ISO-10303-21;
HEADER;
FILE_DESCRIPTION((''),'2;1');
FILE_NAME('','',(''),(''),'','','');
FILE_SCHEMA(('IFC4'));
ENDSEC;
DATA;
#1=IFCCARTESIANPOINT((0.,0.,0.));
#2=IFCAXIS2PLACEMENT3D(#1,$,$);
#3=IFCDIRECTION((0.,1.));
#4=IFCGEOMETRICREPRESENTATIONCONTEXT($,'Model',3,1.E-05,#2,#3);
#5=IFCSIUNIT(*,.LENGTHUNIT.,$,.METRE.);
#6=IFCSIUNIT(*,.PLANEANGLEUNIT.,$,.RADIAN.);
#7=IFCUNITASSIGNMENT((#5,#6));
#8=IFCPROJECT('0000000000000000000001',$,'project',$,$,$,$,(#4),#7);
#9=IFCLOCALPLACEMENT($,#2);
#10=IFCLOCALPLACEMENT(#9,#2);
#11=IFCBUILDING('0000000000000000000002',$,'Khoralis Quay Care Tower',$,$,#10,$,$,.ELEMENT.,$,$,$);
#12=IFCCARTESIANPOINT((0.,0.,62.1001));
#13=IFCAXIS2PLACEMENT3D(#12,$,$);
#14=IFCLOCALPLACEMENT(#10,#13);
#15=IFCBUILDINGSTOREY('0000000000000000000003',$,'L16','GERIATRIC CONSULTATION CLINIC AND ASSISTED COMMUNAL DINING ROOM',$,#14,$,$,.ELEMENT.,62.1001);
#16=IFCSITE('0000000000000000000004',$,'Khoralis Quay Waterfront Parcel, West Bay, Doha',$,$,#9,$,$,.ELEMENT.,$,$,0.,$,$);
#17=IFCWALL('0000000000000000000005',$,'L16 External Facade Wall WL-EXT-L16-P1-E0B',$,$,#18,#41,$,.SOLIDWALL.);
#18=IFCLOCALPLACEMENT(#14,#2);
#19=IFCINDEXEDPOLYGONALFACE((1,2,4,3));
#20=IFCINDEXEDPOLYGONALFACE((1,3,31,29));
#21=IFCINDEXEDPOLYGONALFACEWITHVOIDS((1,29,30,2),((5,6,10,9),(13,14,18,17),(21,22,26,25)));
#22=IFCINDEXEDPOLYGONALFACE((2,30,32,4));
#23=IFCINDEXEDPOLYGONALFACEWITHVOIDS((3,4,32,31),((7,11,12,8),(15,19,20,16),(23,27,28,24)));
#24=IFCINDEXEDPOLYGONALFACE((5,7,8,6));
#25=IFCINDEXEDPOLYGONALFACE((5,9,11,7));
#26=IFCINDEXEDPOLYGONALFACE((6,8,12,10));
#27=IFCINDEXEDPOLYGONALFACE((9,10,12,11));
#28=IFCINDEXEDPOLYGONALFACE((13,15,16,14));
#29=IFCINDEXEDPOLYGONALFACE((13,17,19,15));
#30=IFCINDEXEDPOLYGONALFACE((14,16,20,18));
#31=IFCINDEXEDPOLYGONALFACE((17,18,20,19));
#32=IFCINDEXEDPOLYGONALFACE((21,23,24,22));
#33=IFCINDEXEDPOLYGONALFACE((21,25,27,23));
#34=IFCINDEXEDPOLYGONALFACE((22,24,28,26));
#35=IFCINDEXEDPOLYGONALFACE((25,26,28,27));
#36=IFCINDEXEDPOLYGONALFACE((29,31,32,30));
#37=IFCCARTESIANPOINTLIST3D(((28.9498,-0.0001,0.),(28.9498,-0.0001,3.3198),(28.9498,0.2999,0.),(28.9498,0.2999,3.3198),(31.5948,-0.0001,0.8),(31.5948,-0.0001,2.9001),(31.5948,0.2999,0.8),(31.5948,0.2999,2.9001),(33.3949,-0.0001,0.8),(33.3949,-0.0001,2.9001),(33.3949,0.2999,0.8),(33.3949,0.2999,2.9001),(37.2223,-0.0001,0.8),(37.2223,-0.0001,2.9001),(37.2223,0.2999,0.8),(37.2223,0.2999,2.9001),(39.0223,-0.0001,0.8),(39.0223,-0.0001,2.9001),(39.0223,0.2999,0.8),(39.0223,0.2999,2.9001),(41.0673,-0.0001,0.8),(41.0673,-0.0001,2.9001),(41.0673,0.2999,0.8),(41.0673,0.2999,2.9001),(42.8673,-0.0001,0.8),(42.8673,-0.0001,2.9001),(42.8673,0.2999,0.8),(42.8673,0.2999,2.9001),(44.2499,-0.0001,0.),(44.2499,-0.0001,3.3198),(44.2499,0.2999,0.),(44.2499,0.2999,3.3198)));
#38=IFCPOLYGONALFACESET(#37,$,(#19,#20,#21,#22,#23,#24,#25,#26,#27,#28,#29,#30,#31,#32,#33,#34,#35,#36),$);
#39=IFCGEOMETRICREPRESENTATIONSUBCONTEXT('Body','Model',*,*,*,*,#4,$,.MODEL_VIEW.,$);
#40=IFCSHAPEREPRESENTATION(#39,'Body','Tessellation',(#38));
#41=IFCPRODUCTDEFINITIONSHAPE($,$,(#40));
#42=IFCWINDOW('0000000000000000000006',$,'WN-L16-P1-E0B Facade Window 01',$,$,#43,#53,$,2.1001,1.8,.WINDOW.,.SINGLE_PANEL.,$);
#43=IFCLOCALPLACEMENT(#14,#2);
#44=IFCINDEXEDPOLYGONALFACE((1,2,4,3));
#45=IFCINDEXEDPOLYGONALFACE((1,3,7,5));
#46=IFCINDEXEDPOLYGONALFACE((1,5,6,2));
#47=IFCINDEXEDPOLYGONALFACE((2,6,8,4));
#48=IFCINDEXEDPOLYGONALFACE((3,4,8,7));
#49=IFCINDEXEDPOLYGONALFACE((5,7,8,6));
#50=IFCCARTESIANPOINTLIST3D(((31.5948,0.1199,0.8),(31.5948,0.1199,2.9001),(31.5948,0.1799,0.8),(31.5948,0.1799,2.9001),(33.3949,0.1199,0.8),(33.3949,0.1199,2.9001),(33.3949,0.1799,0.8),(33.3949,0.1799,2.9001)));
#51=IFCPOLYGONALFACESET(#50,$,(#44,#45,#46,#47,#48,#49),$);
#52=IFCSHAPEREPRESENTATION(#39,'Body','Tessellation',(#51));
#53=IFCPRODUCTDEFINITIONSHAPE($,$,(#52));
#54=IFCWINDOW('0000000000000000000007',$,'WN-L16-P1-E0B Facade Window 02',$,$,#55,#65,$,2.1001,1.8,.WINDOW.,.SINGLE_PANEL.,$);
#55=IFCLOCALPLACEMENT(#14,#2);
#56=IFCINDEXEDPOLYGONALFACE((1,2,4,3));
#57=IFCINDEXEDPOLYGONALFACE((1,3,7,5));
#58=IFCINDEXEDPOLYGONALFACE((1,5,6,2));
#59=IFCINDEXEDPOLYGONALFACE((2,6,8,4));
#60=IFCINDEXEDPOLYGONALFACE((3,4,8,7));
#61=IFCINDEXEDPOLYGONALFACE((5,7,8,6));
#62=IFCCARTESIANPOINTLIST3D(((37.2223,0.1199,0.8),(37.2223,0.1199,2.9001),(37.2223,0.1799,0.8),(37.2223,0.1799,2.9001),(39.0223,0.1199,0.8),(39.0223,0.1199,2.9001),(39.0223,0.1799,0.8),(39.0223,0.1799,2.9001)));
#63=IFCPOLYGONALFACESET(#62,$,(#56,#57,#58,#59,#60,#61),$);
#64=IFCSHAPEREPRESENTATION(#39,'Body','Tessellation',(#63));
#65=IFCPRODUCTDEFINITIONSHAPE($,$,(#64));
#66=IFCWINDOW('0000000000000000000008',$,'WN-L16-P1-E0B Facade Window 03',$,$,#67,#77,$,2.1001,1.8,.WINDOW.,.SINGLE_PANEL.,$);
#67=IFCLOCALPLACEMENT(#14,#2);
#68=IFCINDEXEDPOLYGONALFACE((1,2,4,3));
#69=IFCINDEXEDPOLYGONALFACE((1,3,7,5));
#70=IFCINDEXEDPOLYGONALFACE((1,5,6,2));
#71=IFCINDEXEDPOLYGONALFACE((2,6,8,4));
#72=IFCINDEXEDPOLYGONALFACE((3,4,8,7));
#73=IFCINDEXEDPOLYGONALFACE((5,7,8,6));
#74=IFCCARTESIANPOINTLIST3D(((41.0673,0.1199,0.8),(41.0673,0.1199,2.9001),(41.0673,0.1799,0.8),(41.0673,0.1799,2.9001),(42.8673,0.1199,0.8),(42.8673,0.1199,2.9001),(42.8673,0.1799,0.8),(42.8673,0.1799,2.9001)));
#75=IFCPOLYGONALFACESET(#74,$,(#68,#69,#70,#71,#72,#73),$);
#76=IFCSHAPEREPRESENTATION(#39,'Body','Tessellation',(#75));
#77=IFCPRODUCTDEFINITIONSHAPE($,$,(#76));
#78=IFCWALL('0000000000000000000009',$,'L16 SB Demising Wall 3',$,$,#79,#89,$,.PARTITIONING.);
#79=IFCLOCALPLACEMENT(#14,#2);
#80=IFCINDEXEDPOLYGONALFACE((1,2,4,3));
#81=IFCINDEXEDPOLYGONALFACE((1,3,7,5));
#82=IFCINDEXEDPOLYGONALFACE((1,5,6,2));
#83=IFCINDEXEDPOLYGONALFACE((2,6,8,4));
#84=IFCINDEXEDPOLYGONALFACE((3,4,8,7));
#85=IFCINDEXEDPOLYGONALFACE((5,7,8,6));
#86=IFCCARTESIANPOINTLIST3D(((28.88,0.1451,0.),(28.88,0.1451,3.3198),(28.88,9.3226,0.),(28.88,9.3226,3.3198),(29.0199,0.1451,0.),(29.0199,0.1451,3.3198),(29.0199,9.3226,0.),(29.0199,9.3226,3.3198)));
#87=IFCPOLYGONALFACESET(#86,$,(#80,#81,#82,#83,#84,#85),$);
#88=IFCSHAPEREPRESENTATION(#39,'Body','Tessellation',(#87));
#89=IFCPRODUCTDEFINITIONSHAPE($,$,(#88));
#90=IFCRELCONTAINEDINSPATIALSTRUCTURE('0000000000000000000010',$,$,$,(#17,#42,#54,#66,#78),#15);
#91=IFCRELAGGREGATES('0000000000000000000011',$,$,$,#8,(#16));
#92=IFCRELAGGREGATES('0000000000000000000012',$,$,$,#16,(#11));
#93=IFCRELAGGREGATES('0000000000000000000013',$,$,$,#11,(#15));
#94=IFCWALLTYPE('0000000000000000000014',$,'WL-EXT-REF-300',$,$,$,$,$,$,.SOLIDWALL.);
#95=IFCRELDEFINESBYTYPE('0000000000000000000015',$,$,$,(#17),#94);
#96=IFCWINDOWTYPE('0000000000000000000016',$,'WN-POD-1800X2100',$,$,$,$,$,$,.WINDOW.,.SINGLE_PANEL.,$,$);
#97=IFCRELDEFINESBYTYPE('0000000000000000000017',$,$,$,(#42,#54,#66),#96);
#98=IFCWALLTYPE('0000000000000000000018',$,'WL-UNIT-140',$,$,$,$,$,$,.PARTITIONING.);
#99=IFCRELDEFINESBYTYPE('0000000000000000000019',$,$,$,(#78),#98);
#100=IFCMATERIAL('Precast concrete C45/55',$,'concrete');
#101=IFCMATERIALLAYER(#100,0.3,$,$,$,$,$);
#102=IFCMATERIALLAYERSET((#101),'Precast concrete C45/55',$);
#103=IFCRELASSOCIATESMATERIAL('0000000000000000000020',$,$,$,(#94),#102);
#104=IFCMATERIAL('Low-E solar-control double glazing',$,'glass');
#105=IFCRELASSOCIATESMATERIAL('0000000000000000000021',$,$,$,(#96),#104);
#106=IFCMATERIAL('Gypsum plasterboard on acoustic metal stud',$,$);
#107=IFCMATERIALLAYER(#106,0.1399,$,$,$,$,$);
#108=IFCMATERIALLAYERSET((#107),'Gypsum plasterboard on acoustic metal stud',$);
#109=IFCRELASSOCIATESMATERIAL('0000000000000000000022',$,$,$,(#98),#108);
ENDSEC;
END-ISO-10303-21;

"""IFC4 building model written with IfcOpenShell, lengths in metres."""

from ifc_helpers import new_model, si_unit, direction, frame, frame_2d, origin, place, context, subcontext, project, spatial, rectangle, extrude, source, transform, mapped, material, layer, layer_set, type_object, element, fill, save


model = new_model("IFC4")

# Units and contexts
model_context = context("Model", 3, precision=1e-05, world=origin(), true_north=direction((0.0, 1.0)))
body_context = subcontext(model_context, "Body", "Model", "MODEL_VIEW")
ifc_project = project(units=[si_unit("LENGTHUNIT", "METRE"), si_unit("PLANEANGLEUNIT", "RADIAN")], contexts=[model_context])

# Site, building, storey
site_placement = place(None, origin())
site = spatial("IfcSite", under=ifc_project, at=site_placement, Name="Khoralis Quay Waterfront Parcel, West Bay, Doha", CompositionType="ELEMENT", RefElevation=0.0)
building_placement = place(site_placement, origin())
building = spatial("IfcBuilding", under=site, at=building_placement, Name="Khoralis Quay Care Tower", CompositionType="ELEMENT")
storey_placement = place(building_placement, frame((0.0, 0.0, 62.1001)))
storey = spatial("IfcBuildingStorey", under=building, at=storey_placement, Name="L16", Description="GERIATRIC CONSULTATION CLINIC AND ASSISTED COMMUNAL DINING ROOM", CompositionType="ELEMENT", Elevation=62.1001)

# Shared definitions
ifc_material_1 = material(Name="Low-E solar-control double glazing", Category="glass")

# Wall, openings, windows
ifc_material_2 = material(Name="Precast concrete C45/55", Category="concrete")
ifc_layer_1 = layer(ifc_material_2, 0.3)
ifc_layer_set_1 = layer_set([ifc_layer_1], Name="Precast concrete C45/55")
wall_type_1 = type_object("IfcWallType", Name="WL-EXT-REF-300", PredefinedType="SOLIDWALL", material=ifc_layer_set_1)
wall_1_placement = place(storey_placement, frame((28.95, 0.1499, 0.0), z_axis=(0.0, 0.0, 1.0), x_axis=(1.0, 0.0, 0.0)))
wall_1 = element("IfcWall", 1, at=wall_1_placement, inside=storey, type_object=wall_type_1, Name="L16 External Facade Wall WL-EXT-L16-P1-E0B", PredefinedType="SOLIDWALL", context=body_context, shape_type="SweptSolid", body=[
    extrude(rectangle(XDim=15.3, YDim=0.3, at=frame_2d((7.6499, 0.0))), origin(), (0.0, 0.0, 1.0), 3.3198),
])
opening_1_placement = place(wall_1_placement, frame((2.645, 0.0, 0.8)))
opening_1 = element("IfcOpeningElement", 2, at=opening_1_placement, cuts=wall_1, PredefinedType="OPENING", context=body_context, shape_type="SweptSolid", body=[
    extrude(rectangle(XDim=1.8, YDim=2.1001, at=frame_2d((0.8999, 1.05))), frame((0.0, 0.1602, 0.0), z_axis=(0.0, -1.0, 0.0), x_axis=(1.0, 0.0, 0.0)), (0.0, 0.0, 1.0), 0.3201),
])
opening_2_placement = place(wall_1_placement, frame((8.2725, 0.0, 0.8)))
opening_2 = element("IfcOpeningElement", 3, at=opening_2_placement, cuts=wall_1, PredefinedType="OPENING", context=body_context, shape_type="SweptSolid", body=[
    extrude(rectangle(XDim=1.8, YDim=2.1001, at=frame_2d((0.8999, 1.05))), frame((0.0, 0.1602, 0.0), z_axis=(0.0, -1.0, 0.0), x_axis=(1.0, 0.0, 0.0)), (0.0, 0.0, 1.0), 0.3201),
])
opening_3_placement = place(wall_1_placement, frame((12.1174, 0.0, 0.8)))
opening_3 = element("IfcOpeningElement", 4, at=opening_3_placement, cuts=wall_1, PredefinedType="OPENING", context=body_context, shape_type="SweptSolid", body=[
    extrude(rectangle(XDim=1.8, YDim=2.1001, at=frame_2d((0.8999, 1.05))), frame((0.0, 0.1602, 0.0), z_axis=(0.0, -1.0, 0.0), x_axis=(1.0, 0.0, 0.0)), (0.0, 0.0, 1.0), 0.3201),
])
window_type = type_object("IfcWindowType", Name="WN-POD-1800X2100", PartitioningType="SINGLE_PANEL", PredefinedType="WINDOW", material=ifc_material_1)
shared_shape_1 = source(origin(), body_context, "Body", "SweptSolid", [
    extrude(rectangle(XDim=1.8, YDim=2.1001, at=frame_2d((0.8999, 1.05))), frame((0.0, 0.03, 0.0), z_axis=(0.0, -1.0, 0.0), x_axis=(1.0, 0.0, 0.0)), (0.0, 0.0, 1.0), 0.0601),
])
window_1_placement = place(opening_1_placement, origin())
window_1 = element("IfcWindow", 5, at=window_1_placement, inside=storey, type_object=window_type, Name="WN-L16-P1-E0B Facade Window 01", OverallHeight=2.1001, OverallWidth=1.8, PartitioningType="SINGLE_PANEL", PredefinedType="WINDOW", context=body_context, shape_type="MappedRepresentation", body=[
    mapped(shared_shape_1, transform((0.0, 0.0, 0.0), scale=1.0)),
])
fill(opening_1, window_1)
window_2_placement = place(opening_2_placement, origin())
window_2 = element("IfcWindow", 6, at=window_2_placement, inside=storey, type_object=window_type, Name="WN-L16-P1-E0B Facade Window 02", OverallHeight=2.1001, OverallWidth=1.8, PartitioningType="SINGLE_PANEL", PredefinedType="WINDOW", context=body_context, shape_type="MappedRepresentation", body=[
    mapped(shared_shape_1, transform((0.0, 0.0, 0.0), scale=1.0)),
])
fill(opening_2, window_2)
window_3_placement = place(opening_3_placement, origin())
window_3 = element("IfcWindow", 7, at=window_3_placement, inside=storey, type_object=window_type, Name="WN-L16-P1-E0B Facade Window 03", OverallHeight=2.1001, OverallWidth=1.8, PartitioningType="SINGLE_PANEL", PredefinedType="WINDOW", context=body_context, shape_type="MappedRepresentation", body=[
    mapped(shared_shape_1, transform((0.0, 0.0, 0.0), scale=1.0)),
])
fill(opening_3, window_3)

# Wall
ifc_material_3 = material(Name="Gypsum plasterboard on acoustic metal stud")
ifc_layer_2 = layer(ifc_material_3, 0.1399)
ifc_layer_set_2 = layer_set([ifc_layer_2], Name="Gypsum plasterboard on acoustic metal stud")
wall_type_2 = type_object("IfcWallType", Name="WL-UNIT-140", PredefinedType="PARTITIONING", material=ifc_layer_set_2)
wall_2_placement = place(storey_placement, frame((28.95, 0.145, 0.0), z_axis=(0.0, 0.0, 1.0), x_axis=(0.0, 1.0, 0.0)))
element("IfcWall", 8, at=wall_2_placement, inside=storey, type_object=wall_type_2, Name="L16 SB Demising Wall 3", PredefinedType="PARTITIONING", context=body_context, shape_type="SweptSolid", body=[
    extrude(rectangle(XDim=9.1775, YDim=0.1399, at=frame_2d((4.5889, 0.0))), origin(), (0.0, 0.0, 1.0), 3.3198),
])

save(model, "model.ifc")
